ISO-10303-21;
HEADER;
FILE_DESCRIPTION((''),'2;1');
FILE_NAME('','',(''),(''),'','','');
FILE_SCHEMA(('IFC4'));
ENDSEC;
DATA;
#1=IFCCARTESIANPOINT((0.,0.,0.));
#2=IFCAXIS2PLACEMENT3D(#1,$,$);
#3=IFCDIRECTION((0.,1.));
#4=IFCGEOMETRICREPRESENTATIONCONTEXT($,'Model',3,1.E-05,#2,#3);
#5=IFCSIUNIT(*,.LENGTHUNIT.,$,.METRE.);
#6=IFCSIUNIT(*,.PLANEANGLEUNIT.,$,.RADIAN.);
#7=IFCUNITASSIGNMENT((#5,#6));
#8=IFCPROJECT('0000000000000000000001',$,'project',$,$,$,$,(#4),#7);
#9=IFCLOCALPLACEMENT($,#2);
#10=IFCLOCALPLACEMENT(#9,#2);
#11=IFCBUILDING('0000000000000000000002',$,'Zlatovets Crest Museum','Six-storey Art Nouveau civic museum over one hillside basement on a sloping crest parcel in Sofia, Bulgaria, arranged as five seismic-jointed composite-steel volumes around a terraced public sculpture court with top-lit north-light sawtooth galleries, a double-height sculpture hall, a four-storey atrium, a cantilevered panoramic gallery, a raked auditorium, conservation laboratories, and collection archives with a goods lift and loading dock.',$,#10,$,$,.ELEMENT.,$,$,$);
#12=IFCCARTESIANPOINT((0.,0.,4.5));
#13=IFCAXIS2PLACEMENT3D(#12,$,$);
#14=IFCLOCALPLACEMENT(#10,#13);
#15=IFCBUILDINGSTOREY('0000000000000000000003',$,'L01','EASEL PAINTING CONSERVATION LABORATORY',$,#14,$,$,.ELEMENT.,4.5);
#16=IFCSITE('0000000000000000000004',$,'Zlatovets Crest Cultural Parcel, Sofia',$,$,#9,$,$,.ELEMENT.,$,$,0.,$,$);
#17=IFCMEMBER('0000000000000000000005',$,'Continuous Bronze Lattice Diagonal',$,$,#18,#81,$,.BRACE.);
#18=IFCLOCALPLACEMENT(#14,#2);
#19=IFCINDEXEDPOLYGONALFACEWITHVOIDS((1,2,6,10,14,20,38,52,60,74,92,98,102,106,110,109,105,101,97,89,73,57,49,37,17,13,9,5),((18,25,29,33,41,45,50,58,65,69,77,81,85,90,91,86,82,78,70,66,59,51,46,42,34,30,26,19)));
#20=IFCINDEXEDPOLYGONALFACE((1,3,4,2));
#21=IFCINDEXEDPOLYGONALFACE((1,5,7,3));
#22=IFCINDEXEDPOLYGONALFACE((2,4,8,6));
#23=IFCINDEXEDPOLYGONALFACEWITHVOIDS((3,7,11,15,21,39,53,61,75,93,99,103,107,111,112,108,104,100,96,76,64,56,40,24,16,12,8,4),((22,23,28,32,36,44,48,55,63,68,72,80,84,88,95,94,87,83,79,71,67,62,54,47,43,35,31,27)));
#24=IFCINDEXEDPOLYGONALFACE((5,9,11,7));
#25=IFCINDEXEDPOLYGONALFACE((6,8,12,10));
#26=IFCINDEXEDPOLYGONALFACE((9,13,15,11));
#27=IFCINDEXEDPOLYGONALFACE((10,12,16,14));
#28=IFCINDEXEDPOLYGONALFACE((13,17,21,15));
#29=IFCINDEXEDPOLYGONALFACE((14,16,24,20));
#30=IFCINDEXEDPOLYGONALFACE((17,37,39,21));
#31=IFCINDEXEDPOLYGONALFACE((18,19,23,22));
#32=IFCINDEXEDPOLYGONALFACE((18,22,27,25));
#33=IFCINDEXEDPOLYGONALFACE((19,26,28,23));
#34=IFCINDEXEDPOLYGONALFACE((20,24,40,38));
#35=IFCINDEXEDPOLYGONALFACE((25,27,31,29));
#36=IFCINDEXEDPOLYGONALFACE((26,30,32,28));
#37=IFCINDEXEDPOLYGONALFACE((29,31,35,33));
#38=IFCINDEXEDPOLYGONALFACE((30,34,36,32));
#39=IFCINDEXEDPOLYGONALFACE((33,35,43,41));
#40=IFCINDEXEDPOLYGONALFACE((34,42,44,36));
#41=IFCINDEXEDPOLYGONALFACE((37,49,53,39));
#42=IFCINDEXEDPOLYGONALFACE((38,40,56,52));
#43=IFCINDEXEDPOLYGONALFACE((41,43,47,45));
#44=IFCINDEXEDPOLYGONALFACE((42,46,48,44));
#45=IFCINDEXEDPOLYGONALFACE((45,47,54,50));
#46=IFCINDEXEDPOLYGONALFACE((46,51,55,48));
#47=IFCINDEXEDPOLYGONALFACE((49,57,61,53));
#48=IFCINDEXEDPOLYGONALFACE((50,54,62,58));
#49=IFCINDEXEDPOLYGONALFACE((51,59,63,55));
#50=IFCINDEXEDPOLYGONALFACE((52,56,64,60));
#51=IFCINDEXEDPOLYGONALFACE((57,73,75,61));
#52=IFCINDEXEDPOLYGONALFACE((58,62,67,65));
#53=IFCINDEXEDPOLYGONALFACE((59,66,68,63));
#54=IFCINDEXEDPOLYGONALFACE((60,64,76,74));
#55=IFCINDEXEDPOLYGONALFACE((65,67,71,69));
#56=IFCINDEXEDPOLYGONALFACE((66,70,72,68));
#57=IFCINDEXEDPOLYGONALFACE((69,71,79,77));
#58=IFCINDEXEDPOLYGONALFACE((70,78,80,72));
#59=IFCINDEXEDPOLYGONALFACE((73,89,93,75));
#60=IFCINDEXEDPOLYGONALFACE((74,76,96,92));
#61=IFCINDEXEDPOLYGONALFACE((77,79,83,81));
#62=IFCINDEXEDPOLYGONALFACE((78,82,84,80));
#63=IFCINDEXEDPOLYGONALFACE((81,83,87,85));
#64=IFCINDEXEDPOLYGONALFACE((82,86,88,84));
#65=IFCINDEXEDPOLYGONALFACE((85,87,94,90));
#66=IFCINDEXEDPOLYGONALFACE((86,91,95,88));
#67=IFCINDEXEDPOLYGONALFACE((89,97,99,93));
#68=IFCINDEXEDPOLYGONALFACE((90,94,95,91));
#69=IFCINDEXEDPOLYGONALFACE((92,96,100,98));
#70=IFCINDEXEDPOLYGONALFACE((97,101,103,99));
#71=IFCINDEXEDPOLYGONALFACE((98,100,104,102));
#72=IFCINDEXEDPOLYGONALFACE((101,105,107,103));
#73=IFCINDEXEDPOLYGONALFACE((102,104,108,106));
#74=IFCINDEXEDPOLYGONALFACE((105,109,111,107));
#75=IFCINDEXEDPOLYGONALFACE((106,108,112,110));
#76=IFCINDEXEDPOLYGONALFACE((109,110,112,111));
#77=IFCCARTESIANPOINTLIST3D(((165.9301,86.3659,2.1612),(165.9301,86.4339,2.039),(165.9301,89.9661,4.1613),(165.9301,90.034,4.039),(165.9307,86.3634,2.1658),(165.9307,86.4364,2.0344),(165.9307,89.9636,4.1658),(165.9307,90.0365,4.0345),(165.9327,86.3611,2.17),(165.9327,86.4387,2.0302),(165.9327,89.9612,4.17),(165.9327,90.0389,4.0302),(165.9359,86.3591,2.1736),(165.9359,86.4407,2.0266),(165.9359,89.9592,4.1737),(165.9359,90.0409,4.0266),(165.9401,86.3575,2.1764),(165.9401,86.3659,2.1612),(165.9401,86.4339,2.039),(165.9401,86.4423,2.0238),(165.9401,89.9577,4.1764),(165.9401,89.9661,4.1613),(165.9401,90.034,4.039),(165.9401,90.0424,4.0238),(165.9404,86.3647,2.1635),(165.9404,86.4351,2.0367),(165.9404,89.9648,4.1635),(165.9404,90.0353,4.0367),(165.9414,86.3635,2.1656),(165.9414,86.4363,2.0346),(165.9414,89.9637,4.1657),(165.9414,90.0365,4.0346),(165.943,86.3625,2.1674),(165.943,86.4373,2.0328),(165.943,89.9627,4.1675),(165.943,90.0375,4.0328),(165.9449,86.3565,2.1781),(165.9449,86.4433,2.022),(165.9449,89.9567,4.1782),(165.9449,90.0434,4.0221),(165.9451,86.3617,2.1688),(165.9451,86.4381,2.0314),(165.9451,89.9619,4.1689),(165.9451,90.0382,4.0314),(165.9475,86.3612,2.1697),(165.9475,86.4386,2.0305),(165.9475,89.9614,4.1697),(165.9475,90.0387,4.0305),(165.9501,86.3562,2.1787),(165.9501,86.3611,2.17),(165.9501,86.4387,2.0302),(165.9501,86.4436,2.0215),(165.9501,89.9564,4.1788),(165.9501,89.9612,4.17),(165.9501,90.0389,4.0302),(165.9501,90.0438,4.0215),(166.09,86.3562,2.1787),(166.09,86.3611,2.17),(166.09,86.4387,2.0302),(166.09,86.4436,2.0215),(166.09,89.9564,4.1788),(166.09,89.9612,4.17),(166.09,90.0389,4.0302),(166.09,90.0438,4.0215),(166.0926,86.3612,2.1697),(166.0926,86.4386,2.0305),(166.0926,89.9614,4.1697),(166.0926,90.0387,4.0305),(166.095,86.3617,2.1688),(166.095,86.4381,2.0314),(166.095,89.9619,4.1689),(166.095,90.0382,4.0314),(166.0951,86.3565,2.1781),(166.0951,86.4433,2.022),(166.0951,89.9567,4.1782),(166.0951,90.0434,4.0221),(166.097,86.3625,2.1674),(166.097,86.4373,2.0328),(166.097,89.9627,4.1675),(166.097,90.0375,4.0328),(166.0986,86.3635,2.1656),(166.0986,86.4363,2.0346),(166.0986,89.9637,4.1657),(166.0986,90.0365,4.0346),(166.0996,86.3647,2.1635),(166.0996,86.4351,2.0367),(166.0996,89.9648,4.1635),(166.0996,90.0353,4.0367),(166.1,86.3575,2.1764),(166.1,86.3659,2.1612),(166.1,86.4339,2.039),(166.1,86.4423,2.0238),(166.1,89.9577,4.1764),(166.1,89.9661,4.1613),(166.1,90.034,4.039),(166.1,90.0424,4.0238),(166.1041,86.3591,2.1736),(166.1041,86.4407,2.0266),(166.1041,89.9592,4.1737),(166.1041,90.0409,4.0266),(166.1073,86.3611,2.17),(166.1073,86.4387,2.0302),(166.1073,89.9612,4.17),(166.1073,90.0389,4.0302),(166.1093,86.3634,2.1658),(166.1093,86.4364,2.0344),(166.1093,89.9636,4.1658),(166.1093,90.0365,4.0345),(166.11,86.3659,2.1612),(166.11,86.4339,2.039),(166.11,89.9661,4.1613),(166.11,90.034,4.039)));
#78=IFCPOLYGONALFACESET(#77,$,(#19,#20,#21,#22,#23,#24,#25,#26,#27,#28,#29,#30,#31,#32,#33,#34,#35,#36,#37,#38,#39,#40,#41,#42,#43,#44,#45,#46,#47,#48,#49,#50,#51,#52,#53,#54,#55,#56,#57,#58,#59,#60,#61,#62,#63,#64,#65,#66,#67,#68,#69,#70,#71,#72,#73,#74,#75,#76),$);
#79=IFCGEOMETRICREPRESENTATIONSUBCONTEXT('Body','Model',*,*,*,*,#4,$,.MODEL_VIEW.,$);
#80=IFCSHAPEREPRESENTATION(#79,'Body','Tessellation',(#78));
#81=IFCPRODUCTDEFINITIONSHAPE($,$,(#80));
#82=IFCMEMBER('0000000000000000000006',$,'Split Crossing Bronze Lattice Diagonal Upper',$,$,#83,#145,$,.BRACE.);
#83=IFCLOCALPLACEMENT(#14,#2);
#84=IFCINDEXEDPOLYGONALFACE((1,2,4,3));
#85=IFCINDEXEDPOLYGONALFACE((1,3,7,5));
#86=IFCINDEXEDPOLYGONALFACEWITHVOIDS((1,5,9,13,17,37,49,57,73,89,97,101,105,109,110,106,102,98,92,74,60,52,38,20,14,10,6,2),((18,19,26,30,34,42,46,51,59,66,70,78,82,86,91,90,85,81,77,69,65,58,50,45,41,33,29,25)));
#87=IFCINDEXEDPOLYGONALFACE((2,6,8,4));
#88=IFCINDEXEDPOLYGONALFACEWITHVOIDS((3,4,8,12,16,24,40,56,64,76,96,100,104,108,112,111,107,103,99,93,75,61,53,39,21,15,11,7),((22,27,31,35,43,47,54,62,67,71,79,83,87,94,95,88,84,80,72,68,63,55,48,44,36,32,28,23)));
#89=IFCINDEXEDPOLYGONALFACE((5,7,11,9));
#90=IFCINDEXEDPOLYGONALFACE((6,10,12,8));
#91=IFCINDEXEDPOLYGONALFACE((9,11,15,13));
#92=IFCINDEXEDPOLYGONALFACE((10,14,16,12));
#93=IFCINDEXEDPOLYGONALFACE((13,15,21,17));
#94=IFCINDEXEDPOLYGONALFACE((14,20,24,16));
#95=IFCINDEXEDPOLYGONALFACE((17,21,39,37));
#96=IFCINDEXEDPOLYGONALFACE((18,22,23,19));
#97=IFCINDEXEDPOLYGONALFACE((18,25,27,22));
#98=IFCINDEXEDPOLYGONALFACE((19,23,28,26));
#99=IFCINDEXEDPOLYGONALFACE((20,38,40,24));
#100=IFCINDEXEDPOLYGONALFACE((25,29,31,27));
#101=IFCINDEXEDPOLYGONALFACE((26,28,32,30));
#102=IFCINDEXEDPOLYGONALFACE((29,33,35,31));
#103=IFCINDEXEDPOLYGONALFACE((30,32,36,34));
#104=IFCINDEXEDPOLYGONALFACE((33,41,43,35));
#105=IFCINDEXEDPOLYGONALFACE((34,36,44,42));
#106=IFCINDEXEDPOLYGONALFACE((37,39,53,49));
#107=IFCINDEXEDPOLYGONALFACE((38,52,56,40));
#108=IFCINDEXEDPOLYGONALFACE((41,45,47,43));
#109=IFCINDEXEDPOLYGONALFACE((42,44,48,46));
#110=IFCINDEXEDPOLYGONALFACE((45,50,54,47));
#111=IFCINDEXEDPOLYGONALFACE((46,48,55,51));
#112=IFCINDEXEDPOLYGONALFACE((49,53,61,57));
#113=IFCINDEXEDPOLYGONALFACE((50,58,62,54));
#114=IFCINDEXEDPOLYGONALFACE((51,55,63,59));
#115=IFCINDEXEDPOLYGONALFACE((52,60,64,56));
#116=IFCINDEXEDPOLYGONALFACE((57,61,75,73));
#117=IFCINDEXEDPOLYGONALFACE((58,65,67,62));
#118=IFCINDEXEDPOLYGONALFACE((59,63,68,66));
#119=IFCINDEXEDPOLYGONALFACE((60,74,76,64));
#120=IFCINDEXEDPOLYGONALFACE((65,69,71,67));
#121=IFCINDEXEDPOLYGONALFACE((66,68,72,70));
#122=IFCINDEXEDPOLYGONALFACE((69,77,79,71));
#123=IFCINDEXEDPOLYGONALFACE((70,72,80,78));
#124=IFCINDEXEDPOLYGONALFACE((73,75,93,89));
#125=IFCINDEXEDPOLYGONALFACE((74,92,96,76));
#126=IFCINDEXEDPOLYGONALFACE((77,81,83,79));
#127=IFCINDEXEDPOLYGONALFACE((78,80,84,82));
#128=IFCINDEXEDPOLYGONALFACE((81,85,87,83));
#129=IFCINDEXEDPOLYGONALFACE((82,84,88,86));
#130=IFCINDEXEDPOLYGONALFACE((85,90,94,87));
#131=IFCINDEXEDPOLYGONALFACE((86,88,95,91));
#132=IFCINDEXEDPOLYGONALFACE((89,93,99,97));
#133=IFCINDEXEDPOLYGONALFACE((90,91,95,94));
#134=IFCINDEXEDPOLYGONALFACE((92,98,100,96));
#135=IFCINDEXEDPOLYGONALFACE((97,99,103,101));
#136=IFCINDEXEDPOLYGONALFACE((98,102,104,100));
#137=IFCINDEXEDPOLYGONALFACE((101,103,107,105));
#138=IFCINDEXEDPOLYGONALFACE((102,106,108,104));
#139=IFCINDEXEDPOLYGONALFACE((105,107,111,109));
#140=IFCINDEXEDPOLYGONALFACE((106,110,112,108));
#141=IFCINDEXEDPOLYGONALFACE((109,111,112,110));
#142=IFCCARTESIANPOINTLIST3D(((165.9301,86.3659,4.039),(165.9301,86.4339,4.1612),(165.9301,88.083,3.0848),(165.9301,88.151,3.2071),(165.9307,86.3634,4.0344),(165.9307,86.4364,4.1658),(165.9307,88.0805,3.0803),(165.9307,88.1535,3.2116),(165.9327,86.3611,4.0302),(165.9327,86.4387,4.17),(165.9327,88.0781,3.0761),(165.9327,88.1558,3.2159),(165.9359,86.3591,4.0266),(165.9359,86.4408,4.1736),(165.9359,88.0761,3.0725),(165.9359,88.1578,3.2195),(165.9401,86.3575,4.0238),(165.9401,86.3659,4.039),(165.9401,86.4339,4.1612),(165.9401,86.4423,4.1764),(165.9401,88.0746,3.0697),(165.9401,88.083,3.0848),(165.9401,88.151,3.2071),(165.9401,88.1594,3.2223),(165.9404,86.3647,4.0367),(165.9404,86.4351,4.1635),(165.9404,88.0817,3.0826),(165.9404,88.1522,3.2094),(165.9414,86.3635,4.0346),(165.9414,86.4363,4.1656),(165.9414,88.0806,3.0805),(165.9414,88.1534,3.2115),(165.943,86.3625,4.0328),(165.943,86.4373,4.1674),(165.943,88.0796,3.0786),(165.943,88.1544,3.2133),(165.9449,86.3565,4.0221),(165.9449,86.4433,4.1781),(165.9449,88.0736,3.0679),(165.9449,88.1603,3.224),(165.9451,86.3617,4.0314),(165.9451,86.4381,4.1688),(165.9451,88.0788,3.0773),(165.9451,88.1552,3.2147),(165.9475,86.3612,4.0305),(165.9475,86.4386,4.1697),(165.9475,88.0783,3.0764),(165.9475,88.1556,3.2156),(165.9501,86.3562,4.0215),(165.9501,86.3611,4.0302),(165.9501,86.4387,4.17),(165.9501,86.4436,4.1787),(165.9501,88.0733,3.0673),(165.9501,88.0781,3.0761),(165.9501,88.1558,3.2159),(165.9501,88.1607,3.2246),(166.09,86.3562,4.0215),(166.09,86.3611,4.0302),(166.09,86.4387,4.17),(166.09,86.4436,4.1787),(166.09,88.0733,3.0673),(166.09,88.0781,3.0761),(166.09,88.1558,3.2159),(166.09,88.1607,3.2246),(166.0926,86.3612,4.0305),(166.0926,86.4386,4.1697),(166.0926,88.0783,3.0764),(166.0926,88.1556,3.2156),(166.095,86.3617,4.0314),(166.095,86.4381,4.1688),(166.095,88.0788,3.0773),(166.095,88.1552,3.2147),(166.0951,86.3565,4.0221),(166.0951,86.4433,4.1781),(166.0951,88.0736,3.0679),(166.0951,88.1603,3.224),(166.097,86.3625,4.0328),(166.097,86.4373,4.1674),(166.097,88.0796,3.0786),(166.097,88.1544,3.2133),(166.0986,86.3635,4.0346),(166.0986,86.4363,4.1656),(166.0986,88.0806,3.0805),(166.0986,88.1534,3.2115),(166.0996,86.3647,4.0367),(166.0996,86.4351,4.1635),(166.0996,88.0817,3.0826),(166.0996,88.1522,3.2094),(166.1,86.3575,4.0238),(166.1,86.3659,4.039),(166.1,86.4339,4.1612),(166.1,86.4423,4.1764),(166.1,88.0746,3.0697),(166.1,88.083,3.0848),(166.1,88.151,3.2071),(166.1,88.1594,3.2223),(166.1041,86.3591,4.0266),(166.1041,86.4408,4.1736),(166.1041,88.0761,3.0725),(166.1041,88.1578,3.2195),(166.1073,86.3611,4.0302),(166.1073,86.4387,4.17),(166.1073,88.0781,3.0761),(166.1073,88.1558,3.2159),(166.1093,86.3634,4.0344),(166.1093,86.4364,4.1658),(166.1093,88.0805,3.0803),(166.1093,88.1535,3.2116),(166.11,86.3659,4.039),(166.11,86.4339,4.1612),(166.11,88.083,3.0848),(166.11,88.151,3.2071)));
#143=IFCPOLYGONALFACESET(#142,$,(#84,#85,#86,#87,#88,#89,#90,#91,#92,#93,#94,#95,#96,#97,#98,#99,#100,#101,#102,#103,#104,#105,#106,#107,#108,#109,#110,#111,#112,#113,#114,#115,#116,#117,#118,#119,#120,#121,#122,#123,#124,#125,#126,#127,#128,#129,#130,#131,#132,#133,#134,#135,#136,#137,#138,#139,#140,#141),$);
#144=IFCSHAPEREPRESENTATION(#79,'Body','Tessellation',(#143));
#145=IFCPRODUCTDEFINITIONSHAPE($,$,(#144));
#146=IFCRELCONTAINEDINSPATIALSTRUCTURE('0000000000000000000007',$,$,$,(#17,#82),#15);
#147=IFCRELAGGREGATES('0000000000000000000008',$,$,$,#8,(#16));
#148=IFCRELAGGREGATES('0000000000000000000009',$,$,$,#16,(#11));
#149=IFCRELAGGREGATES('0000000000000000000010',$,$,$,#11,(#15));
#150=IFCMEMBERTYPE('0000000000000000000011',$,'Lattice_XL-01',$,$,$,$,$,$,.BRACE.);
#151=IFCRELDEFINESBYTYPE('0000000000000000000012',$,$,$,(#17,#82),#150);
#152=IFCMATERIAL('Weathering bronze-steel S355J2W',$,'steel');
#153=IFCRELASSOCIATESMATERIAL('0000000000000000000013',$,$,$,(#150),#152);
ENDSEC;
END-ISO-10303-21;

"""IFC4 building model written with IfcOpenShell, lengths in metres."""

from ifc_helpers import new_model, si_unit, direction, frame, origin, origin_2d, place, context, subcontext, project, spatial, hollow_rectangle, extrude, material, material_profile, profile_set, type_object, element, save


model = new_model("IFC4")

# Units and contexts
model_context = context("Model", 3, precision=1e-05, world=origin(), true_north=direction((0.0, 1.0)))
body_context = subcontext(model_context, "Body", "Model", "MODEL_VIEW")
ifc_project = project(units=[si_unit("LENGTHUNIT", "METRE"), si_unit("PLANEANGLEUNIT", "RADIAN")], contexts=[model_context])

# Site, building, storey
site_placement = place(None, origin())
site = spatial("IfcSite", under=ifc_project, at=site_placement, Name="Zlatovets Crest Cultural Parcel, Sofia", CompositionType="ELEMENT", RefElevation=0.0)
building_placement = place(site_placement, origin())
building = spatial("IfcBuilding", under=site, at=building_placement, Name="Zlatovets Crest Museum", Description="Six-storey Art Nouveau civic museum over one hillside basement on a sloping crest parcel in Sofia, Bulgaria, arranged as five seismic-jointed composite-steel volumes around a terraced public sculpture court with top-lit north-light sawtooth galleries, a double-height sculpture hall, a four-storey atrium, a cantilevered panoramic gallery, a raked auditorium, conservation laboratories, and collection archives with a goods lift and loading dock.", CompositionType="ELEMENT")
storey_placement = place(building_placement, frame((0.0, 0.0, 4.5)))
storey = spatial("IfcBuildingStorey", under=building, at=storey_placement, Name="L01", Description="EASEL PAINTING CONSERVATION LABORATORY", CompositionType="ELEMENT", Elevation=4.5)

# Members
ifc_material_1 = material(Name="Weathering bronze-steel S355J2W", Category="steel")
ifc_material_profile_1 = material_profile(ifc_material_1, hollow_rectangle(XDim=0.1799, YDim=0.1799, WallThickness=0.01, InnerFilletRadius=0.01, OuterFilletRadius=0.02, at=origin_2d()), Name="SHS 180x180x10.0")
ifc_profile_set_1 = profile_set([ifc_material_profile_1], Name="Weathering bronze-steel S355J2W")
member_type_1 = type_object("IfcMemberType", Name="Lattice_XL-01", PredefinedType="BRACE", material=ifc_profile_set_1)
member_1_placement = place(storey_placement, frame((166.02, 86.3999, 2.1001), z_axis=(0.0, 0.874163, 0.485633), x_axis=(-1.0, 0.0, 0.0)))
element("IfcMember", 1, at=member_1_placement, inside=storey, type_object=member_type_1, Name="Continuous Bronze Lattice Diagonal", PredefinedType="BRACE", context=body_context, shape_type="SweptSolid", body=[
    extrude(hollow_rectangle(XDim=0.1799, YDim=0.1799, WallThickness=0.01, InnerFilletRadius=0.01, OuterFilletRadius=0.02, at=origin_2d()), origin(), (0.0, 0.0, 1.0), 4.1184),
])
member_2_placement = place(storey_placement, frame((166.02, 86.3999, 4.1001), z_axis=(0.0, 0.874116, -0.485717), x_axis=(-1.0, 0.0, 0.0)))
element("IfcMember", 2, at=member_2_placement, inside=storey, type_object=member_type_1, Name="Split Crossing Bronze Lattice Diagonal Upper", PredefinedType="BRACE", context=body_context, shape_type="SweptSolid", body=[
    extrude(hollow_rectangle(XDim=0.1799, YDim=0.1799, WallThickness=0.01, InnerFilletRadius=0.01, OuterFilletRadius=0.02, at=origin_2d()), origin(), (0.0, 0.0, 1.0), 1.9644),
])

save(model, "model.ifc")
